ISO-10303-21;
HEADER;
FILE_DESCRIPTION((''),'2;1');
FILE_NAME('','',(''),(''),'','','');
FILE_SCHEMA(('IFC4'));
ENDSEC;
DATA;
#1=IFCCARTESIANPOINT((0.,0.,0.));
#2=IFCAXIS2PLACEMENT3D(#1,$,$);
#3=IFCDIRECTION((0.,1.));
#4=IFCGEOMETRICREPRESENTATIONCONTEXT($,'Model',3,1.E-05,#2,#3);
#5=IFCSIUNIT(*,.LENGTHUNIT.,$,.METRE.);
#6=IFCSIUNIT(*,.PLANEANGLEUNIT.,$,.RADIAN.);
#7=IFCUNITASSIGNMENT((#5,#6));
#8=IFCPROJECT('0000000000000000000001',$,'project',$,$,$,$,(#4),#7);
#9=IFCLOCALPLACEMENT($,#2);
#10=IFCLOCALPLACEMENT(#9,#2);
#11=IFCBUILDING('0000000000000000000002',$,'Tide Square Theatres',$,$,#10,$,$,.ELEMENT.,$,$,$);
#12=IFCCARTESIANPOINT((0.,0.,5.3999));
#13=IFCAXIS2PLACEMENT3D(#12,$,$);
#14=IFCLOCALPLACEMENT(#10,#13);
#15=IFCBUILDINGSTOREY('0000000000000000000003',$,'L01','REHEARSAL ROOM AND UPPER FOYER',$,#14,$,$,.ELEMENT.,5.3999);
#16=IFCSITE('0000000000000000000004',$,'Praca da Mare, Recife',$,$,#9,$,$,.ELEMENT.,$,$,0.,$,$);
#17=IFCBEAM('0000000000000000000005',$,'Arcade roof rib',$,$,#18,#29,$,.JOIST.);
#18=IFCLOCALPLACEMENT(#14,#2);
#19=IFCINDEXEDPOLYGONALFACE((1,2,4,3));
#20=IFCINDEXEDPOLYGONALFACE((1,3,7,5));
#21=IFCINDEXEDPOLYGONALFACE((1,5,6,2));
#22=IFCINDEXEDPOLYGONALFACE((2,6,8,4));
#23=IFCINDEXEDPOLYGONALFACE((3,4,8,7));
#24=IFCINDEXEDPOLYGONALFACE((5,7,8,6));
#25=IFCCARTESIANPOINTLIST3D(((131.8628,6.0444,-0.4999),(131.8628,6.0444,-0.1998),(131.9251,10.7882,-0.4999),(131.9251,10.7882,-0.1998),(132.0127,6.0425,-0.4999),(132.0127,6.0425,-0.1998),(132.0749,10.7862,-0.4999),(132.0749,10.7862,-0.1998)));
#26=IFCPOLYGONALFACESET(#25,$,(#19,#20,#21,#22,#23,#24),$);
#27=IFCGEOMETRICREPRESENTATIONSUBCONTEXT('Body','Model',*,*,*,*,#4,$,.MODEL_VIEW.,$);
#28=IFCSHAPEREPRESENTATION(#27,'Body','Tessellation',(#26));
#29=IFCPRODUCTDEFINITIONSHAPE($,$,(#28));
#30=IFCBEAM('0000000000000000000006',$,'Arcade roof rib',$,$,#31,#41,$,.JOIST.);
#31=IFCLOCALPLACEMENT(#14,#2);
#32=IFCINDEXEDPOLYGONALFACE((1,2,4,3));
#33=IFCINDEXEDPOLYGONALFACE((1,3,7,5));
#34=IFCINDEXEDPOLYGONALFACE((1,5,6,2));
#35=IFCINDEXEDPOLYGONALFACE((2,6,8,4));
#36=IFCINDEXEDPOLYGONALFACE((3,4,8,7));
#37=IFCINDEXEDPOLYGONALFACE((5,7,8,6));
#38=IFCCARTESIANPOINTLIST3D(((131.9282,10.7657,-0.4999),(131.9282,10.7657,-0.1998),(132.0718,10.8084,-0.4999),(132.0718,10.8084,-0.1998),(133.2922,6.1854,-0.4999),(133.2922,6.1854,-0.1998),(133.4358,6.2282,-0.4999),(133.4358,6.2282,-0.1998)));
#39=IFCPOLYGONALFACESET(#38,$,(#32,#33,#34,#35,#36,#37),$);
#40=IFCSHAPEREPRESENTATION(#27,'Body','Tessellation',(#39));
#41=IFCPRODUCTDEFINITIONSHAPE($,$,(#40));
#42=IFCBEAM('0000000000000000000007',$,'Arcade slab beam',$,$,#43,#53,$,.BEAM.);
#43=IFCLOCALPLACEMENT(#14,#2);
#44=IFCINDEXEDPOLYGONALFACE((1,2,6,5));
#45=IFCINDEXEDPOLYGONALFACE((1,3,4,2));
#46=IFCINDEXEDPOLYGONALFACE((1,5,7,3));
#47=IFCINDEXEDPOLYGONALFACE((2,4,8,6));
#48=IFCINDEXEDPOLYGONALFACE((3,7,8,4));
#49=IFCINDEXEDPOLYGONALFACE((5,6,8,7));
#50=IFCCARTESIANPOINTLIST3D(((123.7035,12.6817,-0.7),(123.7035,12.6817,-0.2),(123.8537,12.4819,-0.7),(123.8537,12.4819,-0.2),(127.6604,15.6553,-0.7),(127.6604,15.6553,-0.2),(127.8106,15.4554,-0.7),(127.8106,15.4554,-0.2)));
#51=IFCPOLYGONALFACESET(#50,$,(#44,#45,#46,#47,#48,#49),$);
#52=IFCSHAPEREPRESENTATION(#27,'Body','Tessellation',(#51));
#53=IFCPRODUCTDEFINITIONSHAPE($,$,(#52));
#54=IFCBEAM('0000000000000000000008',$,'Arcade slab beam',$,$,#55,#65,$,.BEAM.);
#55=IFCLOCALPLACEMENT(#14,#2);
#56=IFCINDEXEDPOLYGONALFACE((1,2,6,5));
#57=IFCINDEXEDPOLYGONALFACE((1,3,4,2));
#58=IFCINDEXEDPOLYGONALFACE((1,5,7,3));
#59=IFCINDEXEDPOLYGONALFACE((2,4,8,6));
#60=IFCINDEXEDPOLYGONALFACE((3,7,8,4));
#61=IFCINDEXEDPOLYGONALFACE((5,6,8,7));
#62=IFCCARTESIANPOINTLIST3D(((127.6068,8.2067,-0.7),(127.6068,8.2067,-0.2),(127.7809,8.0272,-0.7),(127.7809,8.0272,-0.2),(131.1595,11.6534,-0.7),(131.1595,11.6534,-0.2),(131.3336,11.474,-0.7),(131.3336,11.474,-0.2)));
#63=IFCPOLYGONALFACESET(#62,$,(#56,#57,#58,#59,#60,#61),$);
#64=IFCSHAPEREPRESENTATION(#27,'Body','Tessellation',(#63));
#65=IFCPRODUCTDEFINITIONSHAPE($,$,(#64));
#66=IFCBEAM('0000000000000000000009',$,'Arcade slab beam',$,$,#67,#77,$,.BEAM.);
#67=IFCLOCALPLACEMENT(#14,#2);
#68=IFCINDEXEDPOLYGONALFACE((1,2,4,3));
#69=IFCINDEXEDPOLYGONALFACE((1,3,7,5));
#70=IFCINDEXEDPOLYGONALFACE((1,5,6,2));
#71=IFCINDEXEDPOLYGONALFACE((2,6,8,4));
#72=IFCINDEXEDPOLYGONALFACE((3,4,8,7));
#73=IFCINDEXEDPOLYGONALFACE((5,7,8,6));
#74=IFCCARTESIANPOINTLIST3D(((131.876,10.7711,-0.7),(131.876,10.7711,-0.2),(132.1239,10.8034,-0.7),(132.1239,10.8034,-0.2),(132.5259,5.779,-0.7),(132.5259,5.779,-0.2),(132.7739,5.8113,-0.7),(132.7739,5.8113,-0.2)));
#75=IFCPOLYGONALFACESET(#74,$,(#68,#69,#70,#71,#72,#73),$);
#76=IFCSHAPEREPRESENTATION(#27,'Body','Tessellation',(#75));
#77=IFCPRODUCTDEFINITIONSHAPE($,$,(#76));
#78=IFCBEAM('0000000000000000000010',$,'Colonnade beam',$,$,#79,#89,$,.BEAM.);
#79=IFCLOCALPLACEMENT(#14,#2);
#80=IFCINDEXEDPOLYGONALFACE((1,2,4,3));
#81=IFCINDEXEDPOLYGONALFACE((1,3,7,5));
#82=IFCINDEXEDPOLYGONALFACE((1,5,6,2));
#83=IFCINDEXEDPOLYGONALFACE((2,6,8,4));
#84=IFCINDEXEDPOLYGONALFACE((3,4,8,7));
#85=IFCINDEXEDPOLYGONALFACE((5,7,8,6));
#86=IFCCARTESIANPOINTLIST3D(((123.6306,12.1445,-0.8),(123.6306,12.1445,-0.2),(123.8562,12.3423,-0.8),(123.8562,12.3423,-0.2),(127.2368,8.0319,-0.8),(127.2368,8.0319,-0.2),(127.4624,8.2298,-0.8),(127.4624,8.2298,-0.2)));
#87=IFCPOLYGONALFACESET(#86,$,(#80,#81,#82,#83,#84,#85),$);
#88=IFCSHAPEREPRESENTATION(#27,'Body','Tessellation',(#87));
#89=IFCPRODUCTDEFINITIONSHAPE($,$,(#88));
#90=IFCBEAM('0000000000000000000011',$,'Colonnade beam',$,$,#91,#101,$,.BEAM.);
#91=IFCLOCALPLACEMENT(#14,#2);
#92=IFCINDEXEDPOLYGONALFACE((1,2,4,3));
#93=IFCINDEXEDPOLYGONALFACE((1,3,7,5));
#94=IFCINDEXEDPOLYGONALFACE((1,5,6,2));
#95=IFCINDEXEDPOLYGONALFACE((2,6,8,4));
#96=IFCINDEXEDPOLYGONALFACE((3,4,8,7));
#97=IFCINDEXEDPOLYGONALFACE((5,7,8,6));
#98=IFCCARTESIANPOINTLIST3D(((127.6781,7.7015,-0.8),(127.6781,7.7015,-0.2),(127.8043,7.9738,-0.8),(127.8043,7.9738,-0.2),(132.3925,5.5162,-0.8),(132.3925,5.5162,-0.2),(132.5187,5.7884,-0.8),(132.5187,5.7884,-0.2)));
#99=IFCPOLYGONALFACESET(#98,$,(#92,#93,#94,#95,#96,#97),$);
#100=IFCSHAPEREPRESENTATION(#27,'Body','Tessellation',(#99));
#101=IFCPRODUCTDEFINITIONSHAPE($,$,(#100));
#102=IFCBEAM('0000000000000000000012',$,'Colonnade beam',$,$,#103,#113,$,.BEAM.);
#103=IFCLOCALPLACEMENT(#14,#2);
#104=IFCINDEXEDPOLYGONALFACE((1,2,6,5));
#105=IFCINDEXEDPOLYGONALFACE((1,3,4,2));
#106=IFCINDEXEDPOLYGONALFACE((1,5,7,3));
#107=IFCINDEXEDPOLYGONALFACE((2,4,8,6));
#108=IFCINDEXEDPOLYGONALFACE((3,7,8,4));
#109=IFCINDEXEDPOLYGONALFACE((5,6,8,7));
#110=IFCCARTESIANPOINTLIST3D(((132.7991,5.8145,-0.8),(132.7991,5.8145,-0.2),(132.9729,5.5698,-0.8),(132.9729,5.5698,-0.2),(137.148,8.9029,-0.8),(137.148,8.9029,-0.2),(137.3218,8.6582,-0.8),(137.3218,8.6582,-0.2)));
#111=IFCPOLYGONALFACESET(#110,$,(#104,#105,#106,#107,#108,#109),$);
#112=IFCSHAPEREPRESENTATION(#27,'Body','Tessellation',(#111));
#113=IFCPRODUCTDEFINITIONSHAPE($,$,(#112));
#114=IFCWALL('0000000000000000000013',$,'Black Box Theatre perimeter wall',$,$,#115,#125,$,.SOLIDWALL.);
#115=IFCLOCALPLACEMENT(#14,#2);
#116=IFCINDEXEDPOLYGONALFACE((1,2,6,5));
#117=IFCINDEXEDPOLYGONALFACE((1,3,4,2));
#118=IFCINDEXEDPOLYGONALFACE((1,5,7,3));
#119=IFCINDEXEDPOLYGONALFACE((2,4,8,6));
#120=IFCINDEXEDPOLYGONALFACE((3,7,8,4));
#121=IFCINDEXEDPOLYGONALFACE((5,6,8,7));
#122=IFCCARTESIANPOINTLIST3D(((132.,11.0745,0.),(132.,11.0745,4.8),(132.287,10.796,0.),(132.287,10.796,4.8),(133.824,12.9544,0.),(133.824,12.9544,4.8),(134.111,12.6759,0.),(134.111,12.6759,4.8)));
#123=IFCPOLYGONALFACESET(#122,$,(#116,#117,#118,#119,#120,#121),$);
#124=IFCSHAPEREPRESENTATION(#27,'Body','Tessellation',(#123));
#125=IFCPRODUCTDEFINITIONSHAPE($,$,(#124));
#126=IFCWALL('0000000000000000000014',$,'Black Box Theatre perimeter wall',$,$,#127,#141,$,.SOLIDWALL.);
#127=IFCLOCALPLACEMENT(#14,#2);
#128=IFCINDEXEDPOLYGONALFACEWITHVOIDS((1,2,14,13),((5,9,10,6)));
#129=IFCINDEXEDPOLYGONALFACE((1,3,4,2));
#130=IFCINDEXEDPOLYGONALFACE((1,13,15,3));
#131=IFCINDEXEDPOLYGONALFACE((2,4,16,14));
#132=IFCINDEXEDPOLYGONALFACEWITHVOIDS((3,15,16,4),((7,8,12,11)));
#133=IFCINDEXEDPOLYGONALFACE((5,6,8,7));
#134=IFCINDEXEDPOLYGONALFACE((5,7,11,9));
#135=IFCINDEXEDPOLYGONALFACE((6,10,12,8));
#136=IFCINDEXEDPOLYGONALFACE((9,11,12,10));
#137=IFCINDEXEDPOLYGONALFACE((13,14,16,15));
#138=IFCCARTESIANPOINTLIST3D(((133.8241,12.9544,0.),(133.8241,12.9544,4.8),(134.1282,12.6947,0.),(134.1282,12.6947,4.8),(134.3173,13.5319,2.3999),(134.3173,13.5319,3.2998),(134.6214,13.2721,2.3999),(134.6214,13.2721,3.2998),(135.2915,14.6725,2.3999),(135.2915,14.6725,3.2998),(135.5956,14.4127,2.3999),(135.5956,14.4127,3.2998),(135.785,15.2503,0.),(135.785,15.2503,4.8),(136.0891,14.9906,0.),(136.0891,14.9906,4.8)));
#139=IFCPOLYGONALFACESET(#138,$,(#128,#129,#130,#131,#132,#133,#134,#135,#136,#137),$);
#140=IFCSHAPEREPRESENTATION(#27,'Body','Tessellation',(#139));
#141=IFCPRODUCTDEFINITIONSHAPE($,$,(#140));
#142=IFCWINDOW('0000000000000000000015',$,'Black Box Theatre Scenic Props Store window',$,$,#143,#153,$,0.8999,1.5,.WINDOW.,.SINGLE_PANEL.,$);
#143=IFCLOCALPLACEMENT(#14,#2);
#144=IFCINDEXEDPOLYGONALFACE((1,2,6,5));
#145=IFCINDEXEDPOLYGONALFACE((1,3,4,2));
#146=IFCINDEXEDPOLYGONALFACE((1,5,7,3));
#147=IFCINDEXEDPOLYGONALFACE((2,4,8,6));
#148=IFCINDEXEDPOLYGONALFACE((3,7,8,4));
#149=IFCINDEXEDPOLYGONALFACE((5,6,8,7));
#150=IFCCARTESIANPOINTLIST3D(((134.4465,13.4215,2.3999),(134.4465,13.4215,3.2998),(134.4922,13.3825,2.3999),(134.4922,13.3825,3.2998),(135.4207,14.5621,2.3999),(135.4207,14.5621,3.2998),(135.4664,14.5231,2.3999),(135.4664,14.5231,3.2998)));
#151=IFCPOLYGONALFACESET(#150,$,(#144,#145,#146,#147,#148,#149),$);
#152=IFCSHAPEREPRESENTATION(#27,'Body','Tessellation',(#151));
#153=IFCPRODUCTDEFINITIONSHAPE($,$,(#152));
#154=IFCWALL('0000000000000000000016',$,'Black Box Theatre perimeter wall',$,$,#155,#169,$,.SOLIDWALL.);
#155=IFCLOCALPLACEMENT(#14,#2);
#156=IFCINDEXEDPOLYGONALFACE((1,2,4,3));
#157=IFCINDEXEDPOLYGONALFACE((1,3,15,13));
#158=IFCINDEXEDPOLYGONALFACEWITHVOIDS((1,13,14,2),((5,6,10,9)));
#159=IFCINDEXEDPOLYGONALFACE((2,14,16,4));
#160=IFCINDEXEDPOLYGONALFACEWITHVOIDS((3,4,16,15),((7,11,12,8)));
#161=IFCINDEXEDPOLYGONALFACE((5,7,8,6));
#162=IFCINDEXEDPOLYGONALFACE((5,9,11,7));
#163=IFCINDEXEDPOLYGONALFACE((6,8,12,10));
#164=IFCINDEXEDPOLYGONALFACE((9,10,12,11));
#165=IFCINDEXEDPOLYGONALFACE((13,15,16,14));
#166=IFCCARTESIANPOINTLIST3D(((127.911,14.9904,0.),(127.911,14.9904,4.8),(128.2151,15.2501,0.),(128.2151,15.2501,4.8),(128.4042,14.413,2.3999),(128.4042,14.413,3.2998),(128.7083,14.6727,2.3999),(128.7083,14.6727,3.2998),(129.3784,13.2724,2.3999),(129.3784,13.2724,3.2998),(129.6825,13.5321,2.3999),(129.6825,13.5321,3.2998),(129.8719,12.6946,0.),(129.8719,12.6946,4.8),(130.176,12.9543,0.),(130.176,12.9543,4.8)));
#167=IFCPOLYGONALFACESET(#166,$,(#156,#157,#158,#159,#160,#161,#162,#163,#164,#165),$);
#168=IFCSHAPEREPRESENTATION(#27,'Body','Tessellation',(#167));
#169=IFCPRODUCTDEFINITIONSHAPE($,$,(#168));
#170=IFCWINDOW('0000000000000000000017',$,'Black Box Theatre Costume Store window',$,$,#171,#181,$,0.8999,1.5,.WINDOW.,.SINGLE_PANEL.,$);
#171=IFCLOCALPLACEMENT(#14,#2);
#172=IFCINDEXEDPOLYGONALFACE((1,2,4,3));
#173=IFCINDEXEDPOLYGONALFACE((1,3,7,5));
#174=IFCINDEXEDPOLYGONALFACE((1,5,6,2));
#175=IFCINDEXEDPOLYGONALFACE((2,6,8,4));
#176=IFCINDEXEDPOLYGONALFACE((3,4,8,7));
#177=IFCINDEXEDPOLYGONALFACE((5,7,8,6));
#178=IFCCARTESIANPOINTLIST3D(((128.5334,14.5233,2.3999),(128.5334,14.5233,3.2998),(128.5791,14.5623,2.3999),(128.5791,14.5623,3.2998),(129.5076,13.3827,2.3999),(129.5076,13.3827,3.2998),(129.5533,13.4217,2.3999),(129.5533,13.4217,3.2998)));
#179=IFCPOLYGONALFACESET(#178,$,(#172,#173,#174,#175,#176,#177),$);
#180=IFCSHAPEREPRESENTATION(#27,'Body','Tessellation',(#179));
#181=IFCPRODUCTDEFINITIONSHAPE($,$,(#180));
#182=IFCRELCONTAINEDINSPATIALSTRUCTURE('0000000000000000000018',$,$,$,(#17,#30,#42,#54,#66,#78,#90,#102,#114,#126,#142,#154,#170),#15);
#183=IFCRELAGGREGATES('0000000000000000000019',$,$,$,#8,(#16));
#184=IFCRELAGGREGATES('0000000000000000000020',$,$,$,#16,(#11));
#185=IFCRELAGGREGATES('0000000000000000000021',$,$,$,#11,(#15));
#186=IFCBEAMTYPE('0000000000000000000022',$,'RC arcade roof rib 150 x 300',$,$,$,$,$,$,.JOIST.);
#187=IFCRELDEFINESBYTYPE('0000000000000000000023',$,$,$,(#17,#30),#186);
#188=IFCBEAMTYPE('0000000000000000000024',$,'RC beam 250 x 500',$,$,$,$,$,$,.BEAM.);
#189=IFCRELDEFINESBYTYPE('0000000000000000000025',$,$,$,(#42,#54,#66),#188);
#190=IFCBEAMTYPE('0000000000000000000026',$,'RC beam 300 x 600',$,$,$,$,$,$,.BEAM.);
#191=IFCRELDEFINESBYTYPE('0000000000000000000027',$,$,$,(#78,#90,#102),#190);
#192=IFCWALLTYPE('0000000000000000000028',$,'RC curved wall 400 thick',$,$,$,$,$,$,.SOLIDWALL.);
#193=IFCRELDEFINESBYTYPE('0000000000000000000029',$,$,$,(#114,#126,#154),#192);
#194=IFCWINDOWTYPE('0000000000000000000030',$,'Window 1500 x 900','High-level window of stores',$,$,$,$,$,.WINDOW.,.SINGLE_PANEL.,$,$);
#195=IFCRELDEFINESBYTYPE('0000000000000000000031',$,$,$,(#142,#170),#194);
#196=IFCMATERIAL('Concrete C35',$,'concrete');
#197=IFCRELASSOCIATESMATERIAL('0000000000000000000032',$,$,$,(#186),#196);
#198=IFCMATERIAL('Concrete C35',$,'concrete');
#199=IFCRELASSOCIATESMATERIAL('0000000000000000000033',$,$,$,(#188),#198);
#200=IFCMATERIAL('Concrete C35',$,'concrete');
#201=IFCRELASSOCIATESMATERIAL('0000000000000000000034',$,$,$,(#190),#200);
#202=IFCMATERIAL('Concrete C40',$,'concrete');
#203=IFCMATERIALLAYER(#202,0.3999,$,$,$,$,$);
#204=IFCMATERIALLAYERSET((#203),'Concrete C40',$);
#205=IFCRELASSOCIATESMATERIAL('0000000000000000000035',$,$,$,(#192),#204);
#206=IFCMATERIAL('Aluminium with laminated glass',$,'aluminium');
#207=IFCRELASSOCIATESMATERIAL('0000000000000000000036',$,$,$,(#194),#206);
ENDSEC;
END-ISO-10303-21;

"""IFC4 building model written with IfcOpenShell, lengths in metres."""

from ifc_helpers import new_model, si_unit, direction, frame, frame_2d, origin, origin_2d, place, context, subcontext, project, spatial, rectangle, extrude, material, layer, layer_set, material_profile, profile_set, type_object, element, fill, save


model = new_model("IFC4")

# Units and contexts
model_context = context("Model", 3, precision=1e-05, world=origin(), true_north=direction((0.0, 1.0)))
body_context = subcontext(model_context, "Body", "Model", "MODEL_VIEW")
ifc_project = project(units=[si_unit("LENGTHUNIT", "METRE"), si_unit("PLANEANGLEUNIT", "RADIAN")], contexts=[model_context])

# Site, building, storey
site_placement = place(None, origin())
site = spatial("IfcSite", under=ifc_project, at=site_placement, Name="Praca da Mare, Recife", CompositionType="ELEMENT", RefElevation=0.0)
building_placement = place(site_placement, origin())
building = spatial("IfcBuilding", under=site, at=building_placement, Name="Tide Square Theatres", CompositionType="ELEMENT")
storey_placement = place(building_placement, frame((0.0, 0.0, 5.3999)))
storey = spatial("IfcBuildingStorey", under=building, at=storey_placement, Name="L01", Description="REHEARSAL ROOM AND UPPER FOYER", CompositionType="ELEMENT", Elevation=5.3999)

# Beams
ifc_material_1 = material(Name="Concrete C35", Category="concrete")
ifc_material_profile_1 = material_profile(ifc_material_1, rectangle(XDim=0.1499, YDim=0.3, at=origin_2d()))
ifc_profile_set_1 = profile_set([ifc_material_profile_1], Name="Concrete C35")
beam_type_1 = type_object("IfcBeamType", Name="RC arcade roof rib 150 x 300", PredefinedType="JOIST", material=ifc_profile_set_1)
beam_1_placement = place(storey_placement, frame((131.9377, 6.0435, -0.3499), z_axis=(0.013123, 0.999914, 0.0), x_axis=(-0.999914, 0.013123, 0.0)))
element("IfcBeam", 1, at=beam_1_placement, inside=storey, type_object=beam_type_1, Name="Arcade roof rib", PredefinedType="JOIST", context=body_context, shape_type="SweptSolid", body=[
    extrude(rectangle(XDim=0.1499, YDim=0.3, at=origin_2d()), origin(), (0.0, 0.0, 1.0), 4.7441),
])
beam_2_placement = place(storey_placement, frame((133.364, 6.2068, -0.3499), z_axis=(-0.285412, 0.958405, 0.0), x_axis=(-0.958405, -0.285412, 0.0)))
element("IfcBeam", 2, at=beam_2_placement, inside=storey, type_object=beam_type_1, Name="Arcade roof rib", PredefinedType="JOIST", context=body_context, shape_type="SweptSolid", body=[
    extrude(rectangle(XDim=0.1499, YDim=0.3, at=origin_2d()), origin(), (0.0, 0.0, 1.0), 4.7791),
])
ifc_material_2 = material(Name="Concrete C35", Category="concrete")
ifc_material_profile_2 = material_profile(ifc_material_2, rectangle(XDim=0.25, YDim=0.5, at=origin_2d()))
ifc_profile_set_2 = profile_set([ifc_material_profile_2], Name="Concrete C35")
beam_type_2 = type_object("IfcBeamType", Name="RC beam 250 x 500", PredefinedType="BEAM", material=ifc_profile_set_2)
beam_3_placement = place(storey_placement, frame((123.7786, 12.5818, -0.45), z_axis=(0.799431, 0.600757, 0.0), x_axis=(-0.600757, 0.799431, 0.0)))
element("IfcBeam", 3, at=beam_3_placement, inside=storey, type_object=beam_type_2, Name="Arcade slab beam", PredefinedType="BEAM", context=body_context, shape_type="SweptSolid", body=[
    extrude(rectangle(XDim=0.25, YDim=0.5, at=origin_2d()), origin(), (0.0, 0.0, 1.0), 4.9497),
])
beam_4_placement = place(storey_placement, frame((127.6938, 8.1169, -0.45), z_axis=(0.717729, 0.696323, 0.0), x_axis=(-0.696323, 0.717729, 0.0)))
element("IfcBeam", 4, at=beam_4_placement, inside=storey, type_object=beam_type_2, Name="Arcade slab beam", PredefinedType="BEAM", context=body_context, shape_type="SweptSolid", body=[
    extrude(rectangle(XDim=0.25, YDim=0.5, at=origin_2d()), origin(), (0.0, 0.0, 1.0), 4.95),
])
beam_5_placement = place(storey_placement, frame((132.6499, 5.7952, -0.45), z_axis=(-0.129101, 0.991631, 0.0), x_axis=(-0.991631, -0.129101, 0.0)))
element("IfcBeam", 5, at=beam_5_placement, inside=storey, type_object=beam_type_2, Name="Arcade slab beam", PredefinedType="BEAM", context=body_context, shape_type="SweptSolid", body=[
    extrude(rectangle(XDim=0.25, YDim=0.5, at=origin_2d()), origin(), (0.0, 0.0, 1.0), 5.0342),
])
ifc_material_3 = material(Name="Concrete C35", Category="concrete")
ifc_material_profile_3 = material_profile(ifc_material_3, rectangle(XDim=0.3, YDim=0.6001, at=origin_2d()))
ifc_profile_set_3 = profile_set([ifc_material_profile_3], Name="Concrete C35")
beam_type_3 = type_object("IfcBeamType", Name="RC beam 300 x 600", PredefinedType="BEAM", material=ifc_profile_set_3)
beam_6_placement = place(storey_placement, frame((123.7434, 12.2434, -0.5), z_axis=(0.659304, -0.751877, 0.0), x_axis=(0.751877, 0.659304, 0.0)))
element("IfcBeam", 6, at=beam_6_placement, inside=storey, type_object=beam_type_3, Name="Colonnade beam", PredefinedType="BEAM", context=body_context, shape_type="SweptSolid", body=[
    extrude(rectangle(XDim=0.3, YDim=0.6001, at=origin_2d()), origin(), (0.0, 0.0, 1.0), 5.4697),
])
beam_7_placement = place(storey_placement, frame((127.7412, 7.8376, -0.5), z_axis=(0.907266, -0.420556, 0.0), x_axis=(0.420556, 0.907266, 0.0)))
element("IfcBeam", 7, at=beam_7_placement, inside=storey, type_object=beam_type_3, Name="Colonnade beam", PredefinedType="BEAM", context=body_context, shape_type="SweptSolid", body=[
    extrude(rectangle(XDim=0.3, YDim=0.6001, at=origin_2d()), origin(), (0.0, 0.0, 1.0), 5.1963),
])
beam_8_placement = place(storey_placement, frame((132.886, 5.6921, -0.5), z_axis=(0.815323, 0.579006, 0.0), x_axis=(-0.579006, 0.815323, 0.0)))
element("IfcBeam", 8, at=beam_8_placement, inside=storey, type_object=beam_type_3, Name="Colonnade beam", PredefinedType="BEAM", context=body_context, shape_type="SweptSolid", body=[
    extrude(rectangle(XDim=0.3, YDim=0.6001, at=origin_2d()), origin(), (0.0, 0.0, 1.0), 5.334),
])

# Wall
ifc_material_4 = material(Name="Concrete C40", Category="concrete")
ifc_layer_1 = layer(ifc_material_4, 0.3999)
ifc_layer_set_1 = layer_set([ifc_layer_1], Name="Concrete C40")
wall_type_1 = type_object("IfcWallType", Name="RC curved wall 400 thick", PredefinedType="SOLIDWALL", material=ifc_layer_set_1)
wall_1_placement = place(storey_placement, frame((132.1436, 10.9353, 0.0), z_axis=(0.0, 0.0, 1.0), x_axis=(0.696354, 0.717699, 0.0)))
element("IfcWall", 9, at=wall_1_placement, inside=storey, type_object=wall_type_1, Name="Black Box Theatre perimeter wall", PredefinedType="SOLIDWALL", context=body_context, shape_type="SweptSolid", body=[
    extrude(rectangle(XDim=2.6194, YDim=0.3999, at=frame_2d((1.3096, 0.0))), origin(), (0.0, 0.0, 1.0), 4.8),
])

# Walls, openings, windows
wall_2_placement = place(storey_placement, frame((133.9761, 12.8245, 0.0), z_axis=(0.0, 0.0, 1.0), x_axis=(0.649459, 0.760397, 0.0)))
wall_2 = element("IfcWall", 10, at=wall_2_placement, inside=storey, type_object=wall_type_1, Name="Black Box Theatre perimeter wall", PredefinedType="SOLIDWALL", context=body_context, shape_type="SweptSolid", body=[
    extrude(rectangle(XDim=3.0193, YDim=0.3999, at=frame_2d((1.5098, 0.0))), origin(), (0.0, 0.0, 1.0), 4.8),
])
opening_1_placement = place(wall_2_placement, frame((0.7595, 0.0, 2.3999)))
opening_1 = element("IfcOpeningElement", 11, at=opening_1_placement, cuts=wall_2, PredefinedType="OPENING", context=body_context, shape_type="SweptSolid", body=[
    extrude(rectangle(XDim=1.5, YDim=0.8999, at=frame_2d((0.75, 0.45))), frame((0.0, 0.21, 0.0), z_axis=(0.0, -1.0, 0.0), x_axis=(1.0, 0.0, 0.0)), (0.0, 0.0, 1.0), 0.4199),
])
ifc_material_5 = material(Name="Aluminium with laminated glass", Category="aluminium")
window_type = type_object("IfcWindowType", Name="Window 1500 x 900", Description="High-level window of stores", PartitioningType="SINGLE_PANEL", PredefinedType="WINDOW", material=ifc_material_5)
window_1_placement = place(opening_1_placement, origin())
window_1 = element("IfcWindow", 12, at=window_1_placement, inside=storey, type_object=window_type, Name="Black Box Theatre Scenic Props Store window", OverallHeight=0.8999, OverallWidth=1.5, PartitioningType="SINGLE_PANEL", PredefinedType="WINDOW", context=body_context, shape_type="SweptSolid", body=[
    extrude(rectangle(XDim=1.5, YDim=0.8999, at=frame_2d((0.75, 0.45))), frame((0.0, 0.03, 0.0), z_axis=(0.0, -1.0, 0.0), x_axis=(1.0, 0.0, 0.0)), (0.0, 0.0, 1.0), 0.0601),
])
fill(opening_1, window_1)
wall_3_placement = place(storey_placement, frame((128.063, 15.1204, 0.0), z_axis=(0.0, 0.0, 1.0), x_axis=(0.649459, -0.760397, 0.0)))
wall_3 = element("IfcWall", 13, at=wall_3_placement, inside=storey, type_object=wall_type_1, Name="Black Box Theatre perimeter wall", PredefinedType="SOLIDWALL", context=body_context, shape_type="SweptSolid", body=[
    extrude(rectangle(XDim=3.0193, YDim=0.3999, at=frame_2d((1.5098, 0.0))), origin(), (0.0, 0.0, 1.0), 4.8),
])
opening_2_placement = place(wall_3_placement, frame((0.7595, 0.0, 2.3999)))
opening_2 = element("IfcOpeningElement", 14, at=opening_2_placement, cuts=wall_3, PredefinedType="OPENING", context=body_context, shape_type="SweptSolid", body=[
    extrude(rectangle(XDim=1.5, YDim=0.8999, at=frame_2d((0.75, 0.45))), frame((0.0, 0.21, 0.0), z_axis=(0.0, -1.0, 0.0), x_axis=(1.0, 0.0, 0.0)), (0.0, 0.0, 1.0), 0.4199),
])
window_2_placement = place(opening_2_placement, origin())
window_2 = element("IfcWindow", 15, at=window_2_placement, inside=storey, type_object=window_type, Name="Black Box Theatre Costume Store window", OverallHeight=0.8999, OverallWidth=1.5, PartitioningType="SINGLE_PANEL", PredefinedType="WINDOW", context=body_context, shape_type="SweptSolid", body=[
    extrude(rectangle(XDim=1.5, YDim=0.8999, at=frame_2d((0.75, 0.45))), frame((0.0, 0.03, 0.0), z_axis=(0.0, -1.0, 0.0), x_axis=(1.0, 0.0, 0.0)), (0.0, 0.0, 1.0), 0.0601),
])
fill(opening_2, window_2)

save(model, "model.ifc")
